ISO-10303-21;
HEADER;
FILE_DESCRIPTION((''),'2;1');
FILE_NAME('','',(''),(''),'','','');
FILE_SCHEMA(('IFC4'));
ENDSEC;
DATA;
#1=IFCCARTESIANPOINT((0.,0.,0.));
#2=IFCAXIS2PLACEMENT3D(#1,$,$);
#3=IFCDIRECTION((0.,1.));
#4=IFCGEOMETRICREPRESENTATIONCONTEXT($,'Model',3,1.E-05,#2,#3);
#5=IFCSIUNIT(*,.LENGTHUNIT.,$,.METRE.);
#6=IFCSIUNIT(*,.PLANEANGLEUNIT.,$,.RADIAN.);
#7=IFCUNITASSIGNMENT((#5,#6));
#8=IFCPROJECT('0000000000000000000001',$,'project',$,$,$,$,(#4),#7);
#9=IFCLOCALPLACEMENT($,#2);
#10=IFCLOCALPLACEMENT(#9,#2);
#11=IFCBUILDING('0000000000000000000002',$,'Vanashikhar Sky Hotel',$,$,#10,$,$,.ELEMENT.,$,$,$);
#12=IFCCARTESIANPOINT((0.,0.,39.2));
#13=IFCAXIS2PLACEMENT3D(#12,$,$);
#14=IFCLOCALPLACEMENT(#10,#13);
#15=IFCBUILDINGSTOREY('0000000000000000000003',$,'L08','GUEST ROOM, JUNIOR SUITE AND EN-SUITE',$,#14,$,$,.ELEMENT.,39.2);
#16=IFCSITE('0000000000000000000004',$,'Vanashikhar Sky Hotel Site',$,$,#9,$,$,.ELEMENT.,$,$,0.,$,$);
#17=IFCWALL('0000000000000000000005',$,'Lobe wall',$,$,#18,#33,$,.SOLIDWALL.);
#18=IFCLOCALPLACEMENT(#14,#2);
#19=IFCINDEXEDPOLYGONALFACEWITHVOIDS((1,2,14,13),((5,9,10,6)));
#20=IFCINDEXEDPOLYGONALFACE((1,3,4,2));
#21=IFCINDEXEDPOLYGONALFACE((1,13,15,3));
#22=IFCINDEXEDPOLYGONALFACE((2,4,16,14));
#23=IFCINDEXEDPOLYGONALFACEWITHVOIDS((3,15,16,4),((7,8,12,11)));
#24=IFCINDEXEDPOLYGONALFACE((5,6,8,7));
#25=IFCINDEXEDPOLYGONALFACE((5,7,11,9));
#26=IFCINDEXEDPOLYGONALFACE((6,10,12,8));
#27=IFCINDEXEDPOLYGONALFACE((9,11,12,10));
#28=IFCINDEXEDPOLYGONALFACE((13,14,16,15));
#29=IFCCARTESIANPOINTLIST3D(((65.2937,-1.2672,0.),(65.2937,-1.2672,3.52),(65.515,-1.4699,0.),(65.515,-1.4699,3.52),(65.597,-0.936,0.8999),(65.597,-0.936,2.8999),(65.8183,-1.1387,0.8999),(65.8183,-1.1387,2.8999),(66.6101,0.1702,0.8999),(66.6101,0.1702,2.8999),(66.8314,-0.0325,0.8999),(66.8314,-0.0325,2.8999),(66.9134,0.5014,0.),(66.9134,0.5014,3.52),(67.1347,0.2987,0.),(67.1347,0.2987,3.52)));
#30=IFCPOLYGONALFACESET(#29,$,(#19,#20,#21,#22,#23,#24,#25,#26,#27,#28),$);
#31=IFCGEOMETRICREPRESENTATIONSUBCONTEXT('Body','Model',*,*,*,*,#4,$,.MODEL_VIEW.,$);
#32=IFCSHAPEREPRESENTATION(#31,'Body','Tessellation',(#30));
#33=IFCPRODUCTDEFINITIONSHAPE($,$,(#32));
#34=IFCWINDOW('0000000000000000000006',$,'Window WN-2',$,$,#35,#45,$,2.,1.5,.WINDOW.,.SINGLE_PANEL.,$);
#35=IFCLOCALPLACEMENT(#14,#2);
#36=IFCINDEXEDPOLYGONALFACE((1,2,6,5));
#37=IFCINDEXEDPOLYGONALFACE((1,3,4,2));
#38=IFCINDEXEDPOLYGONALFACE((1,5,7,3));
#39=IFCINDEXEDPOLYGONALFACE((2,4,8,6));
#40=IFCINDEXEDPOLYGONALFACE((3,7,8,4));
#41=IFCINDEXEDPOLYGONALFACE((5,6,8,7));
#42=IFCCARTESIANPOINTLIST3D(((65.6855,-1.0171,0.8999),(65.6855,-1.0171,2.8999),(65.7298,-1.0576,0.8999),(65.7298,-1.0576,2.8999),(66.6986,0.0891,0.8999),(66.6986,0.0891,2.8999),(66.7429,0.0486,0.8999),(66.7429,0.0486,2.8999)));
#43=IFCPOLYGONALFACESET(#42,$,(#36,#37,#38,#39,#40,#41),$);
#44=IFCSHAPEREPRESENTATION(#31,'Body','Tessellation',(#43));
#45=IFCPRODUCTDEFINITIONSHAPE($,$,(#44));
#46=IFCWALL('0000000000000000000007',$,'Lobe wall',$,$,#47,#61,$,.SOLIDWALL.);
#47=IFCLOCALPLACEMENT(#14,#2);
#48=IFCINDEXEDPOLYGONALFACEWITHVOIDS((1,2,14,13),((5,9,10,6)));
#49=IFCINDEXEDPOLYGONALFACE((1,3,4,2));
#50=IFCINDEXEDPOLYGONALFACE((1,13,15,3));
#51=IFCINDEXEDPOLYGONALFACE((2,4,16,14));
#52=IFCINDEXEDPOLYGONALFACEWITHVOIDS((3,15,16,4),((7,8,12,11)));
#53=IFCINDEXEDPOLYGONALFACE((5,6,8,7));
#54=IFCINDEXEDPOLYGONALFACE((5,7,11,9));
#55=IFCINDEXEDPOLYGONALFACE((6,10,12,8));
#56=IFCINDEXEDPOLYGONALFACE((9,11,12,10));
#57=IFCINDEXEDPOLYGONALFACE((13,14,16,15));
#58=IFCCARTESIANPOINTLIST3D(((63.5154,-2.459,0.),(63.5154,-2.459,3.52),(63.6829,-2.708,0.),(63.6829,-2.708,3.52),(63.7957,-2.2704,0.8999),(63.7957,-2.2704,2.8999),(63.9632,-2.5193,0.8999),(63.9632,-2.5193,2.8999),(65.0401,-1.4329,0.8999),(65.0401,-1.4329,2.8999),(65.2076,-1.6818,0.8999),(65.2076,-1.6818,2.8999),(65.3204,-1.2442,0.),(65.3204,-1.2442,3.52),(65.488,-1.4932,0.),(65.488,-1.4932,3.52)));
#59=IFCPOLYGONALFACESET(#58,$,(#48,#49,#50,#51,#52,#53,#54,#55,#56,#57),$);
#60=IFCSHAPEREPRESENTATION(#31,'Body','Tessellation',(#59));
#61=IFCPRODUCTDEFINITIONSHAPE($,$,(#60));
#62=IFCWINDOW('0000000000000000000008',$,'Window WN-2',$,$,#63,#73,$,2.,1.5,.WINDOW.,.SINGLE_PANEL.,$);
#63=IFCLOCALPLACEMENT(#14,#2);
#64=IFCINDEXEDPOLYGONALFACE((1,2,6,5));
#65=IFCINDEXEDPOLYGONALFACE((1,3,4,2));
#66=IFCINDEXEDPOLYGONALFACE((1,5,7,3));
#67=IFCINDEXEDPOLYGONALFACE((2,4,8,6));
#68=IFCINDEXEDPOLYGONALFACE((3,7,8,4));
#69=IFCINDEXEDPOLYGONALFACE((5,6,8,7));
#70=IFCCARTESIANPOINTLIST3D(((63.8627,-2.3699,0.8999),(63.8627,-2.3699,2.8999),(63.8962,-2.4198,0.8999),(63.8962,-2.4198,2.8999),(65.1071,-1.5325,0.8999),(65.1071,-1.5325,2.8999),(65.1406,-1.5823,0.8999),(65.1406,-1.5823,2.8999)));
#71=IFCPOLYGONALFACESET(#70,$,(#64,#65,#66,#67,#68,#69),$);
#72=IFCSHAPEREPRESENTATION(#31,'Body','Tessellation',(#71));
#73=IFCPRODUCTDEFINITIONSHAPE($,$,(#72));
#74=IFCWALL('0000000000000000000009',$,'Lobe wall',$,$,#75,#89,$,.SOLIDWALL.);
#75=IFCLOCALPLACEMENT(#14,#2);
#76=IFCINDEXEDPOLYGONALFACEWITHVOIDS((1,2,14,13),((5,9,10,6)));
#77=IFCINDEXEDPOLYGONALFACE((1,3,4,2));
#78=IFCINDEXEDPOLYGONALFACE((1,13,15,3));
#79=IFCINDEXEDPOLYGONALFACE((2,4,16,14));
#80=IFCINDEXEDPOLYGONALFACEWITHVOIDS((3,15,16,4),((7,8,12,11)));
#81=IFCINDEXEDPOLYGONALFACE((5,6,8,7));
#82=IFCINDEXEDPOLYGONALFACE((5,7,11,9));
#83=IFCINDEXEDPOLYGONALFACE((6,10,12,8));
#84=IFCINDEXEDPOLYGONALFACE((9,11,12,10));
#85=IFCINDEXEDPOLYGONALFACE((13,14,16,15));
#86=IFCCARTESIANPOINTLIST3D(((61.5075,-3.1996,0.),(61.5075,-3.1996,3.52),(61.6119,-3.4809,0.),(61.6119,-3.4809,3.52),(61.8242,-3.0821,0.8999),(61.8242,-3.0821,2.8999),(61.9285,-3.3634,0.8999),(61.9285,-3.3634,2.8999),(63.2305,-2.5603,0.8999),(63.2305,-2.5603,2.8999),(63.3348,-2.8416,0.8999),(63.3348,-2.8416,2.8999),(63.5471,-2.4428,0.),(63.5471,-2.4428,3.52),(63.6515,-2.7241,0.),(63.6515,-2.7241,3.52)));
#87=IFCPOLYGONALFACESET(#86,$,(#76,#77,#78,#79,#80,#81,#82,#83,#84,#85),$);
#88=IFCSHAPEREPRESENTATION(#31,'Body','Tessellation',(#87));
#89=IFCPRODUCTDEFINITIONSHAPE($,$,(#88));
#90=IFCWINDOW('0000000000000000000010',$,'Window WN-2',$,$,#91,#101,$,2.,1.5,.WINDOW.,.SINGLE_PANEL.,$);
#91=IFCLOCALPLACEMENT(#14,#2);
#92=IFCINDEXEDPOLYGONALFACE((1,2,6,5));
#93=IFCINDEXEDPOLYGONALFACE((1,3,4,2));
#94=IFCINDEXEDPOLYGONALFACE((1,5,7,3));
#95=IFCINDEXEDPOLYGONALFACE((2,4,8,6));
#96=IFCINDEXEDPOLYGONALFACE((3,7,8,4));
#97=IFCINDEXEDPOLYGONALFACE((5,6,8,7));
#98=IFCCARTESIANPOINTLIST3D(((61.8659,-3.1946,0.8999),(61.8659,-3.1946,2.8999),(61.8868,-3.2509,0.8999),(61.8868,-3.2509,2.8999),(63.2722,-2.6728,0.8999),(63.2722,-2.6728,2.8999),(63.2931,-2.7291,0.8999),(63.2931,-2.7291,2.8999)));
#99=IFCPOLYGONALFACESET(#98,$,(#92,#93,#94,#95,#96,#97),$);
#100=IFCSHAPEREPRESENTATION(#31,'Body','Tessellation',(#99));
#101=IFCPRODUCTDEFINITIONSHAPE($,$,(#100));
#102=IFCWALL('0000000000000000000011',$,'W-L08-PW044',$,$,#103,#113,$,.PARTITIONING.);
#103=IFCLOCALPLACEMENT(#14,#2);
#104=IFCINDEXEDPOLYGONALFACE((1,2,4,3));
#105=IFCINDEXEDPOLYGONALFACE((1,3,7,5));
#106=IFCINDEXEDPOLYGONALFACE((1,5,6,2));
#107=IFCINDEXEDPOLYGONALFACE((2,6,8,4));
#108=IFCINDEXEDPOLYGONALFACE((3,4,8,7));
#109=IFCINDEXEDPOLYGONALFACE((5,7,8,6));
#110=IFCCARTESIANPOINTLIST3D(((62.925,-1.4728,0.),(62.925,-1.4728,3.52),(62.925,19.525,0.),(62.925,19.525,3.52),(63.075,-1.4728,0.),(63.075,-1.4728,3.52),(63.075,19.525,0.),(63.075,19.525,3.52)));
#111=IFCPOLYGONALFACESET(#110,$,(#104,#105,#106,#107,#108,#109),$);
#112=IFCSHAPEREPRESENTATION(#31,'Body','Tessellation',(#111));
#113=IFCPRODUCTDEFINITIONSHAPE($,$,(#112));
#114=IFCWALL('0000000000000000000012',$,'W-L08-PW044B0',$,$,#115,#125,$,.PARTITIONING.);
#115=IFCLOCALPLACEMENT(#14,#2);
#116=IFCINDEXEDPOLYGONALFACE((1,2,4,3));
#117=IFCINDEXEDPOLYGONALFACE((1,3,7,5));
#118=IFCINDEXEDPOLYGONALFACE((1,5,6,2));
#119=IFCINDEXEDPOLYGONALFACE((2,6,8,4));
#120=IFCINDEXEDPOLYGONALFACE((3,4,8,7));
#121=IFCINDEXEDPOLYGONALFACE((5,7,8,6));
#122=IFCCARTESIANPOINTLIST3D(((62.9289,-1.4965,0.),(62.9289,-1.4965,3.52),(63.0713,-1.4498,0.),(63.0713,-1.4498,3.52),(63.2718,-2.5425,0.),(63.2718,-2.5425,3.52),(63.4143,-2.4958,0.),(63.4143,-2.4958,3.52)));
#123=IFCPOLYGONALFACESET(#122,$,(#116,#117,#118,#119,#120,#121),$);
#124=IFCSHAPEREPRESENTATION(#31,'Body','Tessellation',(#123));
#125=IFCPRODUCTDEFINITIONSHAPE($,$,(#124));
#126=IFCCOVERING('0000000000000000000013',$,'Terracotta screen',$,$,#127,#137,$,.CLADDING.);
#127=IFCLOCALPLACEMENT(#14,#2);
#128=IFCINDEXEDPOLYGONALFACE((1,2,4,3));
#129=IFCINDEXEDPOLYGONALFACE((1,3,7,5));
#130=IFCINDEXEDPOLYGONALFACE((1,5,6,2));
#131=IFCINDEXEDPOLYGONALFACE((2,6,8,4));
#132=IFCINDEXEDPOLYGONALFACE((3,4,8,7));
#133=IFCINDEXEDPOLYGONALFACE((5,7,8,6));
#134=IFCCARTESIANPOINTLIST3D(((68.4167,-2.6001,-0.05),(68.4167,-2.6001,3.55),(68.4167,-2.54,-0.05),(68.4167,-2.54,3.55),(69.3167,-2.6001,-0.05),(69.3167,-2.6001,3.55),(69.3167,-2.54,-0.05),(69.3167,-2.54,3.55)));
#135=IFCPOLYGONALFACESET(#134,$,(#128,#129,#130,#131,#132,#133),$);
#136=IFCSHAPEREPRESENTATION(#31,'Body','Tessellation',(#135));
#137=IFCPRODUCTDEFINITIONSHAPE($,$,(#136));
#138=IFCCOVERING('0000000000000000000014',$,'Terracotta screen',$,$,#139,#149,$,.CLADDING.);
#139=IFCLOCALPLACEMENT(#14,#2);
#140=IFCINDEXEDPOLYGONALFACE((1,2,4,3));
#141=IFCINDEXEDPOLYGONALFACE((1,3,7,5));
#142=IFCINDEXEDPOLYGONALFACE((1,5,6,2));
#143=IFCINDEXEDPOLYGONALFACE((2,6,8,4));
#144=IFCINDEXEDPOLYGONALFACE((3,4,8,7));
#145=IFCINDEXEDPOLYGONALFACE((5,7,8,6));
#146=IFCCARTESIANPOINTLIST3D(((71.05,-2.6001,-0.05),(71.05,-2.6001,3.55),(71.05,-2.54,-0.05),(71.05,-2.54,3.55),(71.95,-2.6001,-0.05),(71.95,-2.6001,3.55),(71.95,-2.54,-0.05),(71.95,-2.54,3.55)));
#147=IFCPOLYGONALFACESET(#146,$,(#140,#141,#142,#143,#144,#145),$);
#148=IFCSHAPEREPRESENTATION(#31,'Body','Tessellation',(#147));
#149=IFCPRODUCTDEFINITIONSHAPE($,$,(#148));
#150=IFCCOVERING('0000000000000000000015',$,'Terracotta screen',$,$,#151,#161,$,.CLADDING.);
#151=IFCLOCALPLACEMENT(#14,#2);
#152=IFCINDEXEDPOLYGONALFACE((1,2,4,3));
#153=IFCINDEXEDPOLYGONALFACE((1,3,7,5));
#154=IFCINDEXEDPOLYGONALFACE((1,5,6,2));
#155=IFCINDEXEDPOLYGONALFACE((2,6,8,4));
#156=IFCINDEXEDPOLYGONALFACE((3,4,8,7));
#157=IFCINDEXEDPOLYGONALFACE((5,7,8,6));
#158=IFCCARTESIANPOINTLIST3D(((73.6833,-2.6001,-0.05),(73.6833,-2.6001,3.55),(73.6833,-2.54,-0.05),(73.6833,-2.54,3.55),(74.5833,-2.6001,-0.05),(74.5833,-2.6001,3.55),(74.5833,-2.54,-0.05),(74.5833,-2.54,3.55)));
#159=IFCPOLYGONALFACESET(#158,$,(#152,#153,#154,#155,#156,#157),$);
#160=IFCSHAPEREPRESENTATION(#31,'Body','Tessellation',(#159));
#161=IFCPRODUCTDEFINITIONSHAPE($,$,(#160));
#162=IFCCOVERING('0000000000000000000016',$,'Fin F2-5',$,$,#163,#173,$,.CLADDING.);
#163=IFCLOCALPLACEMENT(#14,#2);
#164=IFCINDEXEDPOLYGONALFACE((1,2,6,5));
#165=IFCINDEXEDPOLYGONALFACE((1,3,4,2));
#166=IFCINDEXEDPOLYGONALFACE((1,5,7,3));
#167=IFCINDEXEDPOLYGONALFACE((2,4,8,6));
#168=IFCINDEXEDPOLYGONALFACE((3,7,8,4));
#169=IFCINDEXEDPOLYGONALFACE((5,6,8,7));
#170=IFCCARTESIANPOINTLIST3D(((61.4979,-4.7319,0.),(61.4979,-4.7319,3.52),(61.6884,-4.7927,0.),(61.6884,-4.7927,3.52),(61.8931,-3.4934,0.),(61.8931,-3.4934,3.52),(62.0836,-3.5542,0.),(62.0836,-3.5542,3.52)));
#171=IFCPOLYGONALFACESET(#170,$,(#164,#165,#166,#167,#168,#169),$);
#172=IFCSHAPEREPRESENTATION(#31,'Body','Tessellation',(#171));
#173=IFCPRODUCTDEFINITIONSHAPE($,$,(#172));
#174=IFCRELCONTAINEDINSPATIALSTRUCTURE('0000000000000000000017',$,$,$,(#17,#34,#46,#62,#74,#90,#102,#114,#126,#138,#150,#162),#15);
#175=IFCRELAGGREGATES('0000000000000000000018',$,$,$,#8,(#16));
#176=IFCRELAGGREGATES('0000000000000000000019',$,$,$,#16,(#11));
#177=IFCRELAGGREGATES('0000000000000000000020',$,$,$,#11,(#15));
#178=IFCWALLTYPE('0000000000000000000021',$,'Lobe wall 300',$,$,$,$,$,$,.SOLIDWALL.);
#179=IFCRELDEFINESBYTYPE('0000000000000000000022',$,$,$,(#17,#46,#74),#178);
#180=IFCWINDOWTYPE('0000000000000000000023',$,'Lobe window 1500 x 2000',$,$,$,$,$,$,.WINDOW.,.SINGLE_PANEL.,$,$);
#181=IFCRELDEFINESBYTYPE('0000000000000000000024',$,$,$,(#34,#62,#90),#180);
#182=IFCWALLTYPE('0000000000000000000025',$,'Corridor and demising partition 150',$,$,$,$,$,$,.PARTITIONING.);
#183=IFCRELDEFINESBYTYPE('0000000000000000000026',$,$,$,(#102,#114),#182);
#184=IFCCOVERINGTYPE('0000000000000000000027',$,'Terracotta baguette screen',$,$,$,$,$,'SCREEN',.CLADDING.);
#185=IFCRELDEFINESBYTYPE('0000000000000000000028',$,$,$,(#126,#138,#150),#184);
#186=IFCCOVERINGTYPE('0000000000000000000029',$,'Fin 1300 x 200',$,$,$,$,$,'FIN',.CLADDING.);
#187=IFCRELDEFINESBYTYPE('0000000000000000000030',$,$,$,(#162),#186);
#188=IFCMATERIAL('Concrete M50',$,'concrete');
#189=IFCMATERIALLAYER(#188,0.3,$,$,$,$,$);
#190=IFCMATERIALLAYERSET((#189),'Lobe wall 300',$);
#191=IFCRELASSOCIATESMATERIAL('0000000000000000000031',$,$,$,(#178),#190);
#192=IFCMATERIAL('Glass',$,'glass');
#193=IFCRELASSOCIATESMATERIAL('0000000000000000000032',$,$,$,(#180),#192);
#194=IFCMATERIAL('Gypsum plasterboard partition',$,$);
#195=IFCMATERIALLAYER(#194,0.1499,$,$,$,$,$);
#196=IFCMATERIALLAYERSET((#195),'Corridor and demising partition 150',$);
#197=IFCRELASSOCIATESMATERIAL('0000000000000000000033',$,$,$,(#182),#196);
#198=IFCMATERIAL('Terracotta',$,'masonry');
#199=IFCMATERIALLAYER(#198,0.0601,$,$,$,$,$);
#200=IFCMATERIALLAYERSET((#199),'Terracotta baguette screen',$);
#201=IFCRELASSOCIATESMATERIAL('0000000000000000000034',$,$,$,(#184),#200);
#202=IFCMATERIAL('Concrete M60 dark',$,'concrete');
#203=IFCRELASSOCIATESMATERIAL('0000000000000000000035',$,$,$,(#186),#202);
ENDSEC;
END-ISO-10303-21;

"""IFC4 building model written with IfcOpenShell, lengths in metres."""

from ifc_helpers import new_model, si_unit, direction, frame, frame_2d, origin, origin_2d, place, context, subcontext, project, spatial, rectangle, extrude, source, transform, mapped, material, layer, layer_set, material_profile, profile_set, type_object, element, fill, save


model = new_model("IFC4")

# Units and contexts
model_context = context("Model", 3, precision=1e-05, world=origin(), true_north=direction((0.0, 1.0)))
body_context = subcontext(model_context, "Body", "Model", "MODEL_VIEW")
ifc_project = project(units=[si_unit("LENGTHUNIT", "METRE"), si_unit("PLANEANGLEUNIT", "RADIAN")], contexts=[model_context])

# Site, building, storey
site_placement = place(None, origin())
site = spatial("IfcSite", under=ifc_project, at=site_placement, Name="Vanashikhar Sky Hotel Site", CompositionType="ELEMENT", RefElevation=0.0)
building_placement = place(site_placement, origin())
building = spatial("IfcBuilding", under=site, at=building_placement, Name="Vanashikhar Sky Hotel", CompositionType="ELEMENT")
storey_placement = place(building_placement, frame((0.0, 0.0, 39.2)))
storey = spatial("IfcBuildingStorey", under=building, at=storey_placement, Name="L08", Description="GUEST ROOM, JUNIOR SUITE AND EN-SUITE", CompositionType="ELEMENT", Elevation=39.2)

# Walls, openings, windows
ifc_material_1 = material(Name="Concrete M50", Category="concrete")
ifc_layer_1 = layer(ifc_material_1, 0.3)
ifc_layer_set_1 = layer_set([ifc_layer_1], Name="Lobe wall 300")
wall_type_1 = type_object("IfcWallType", Name="Lobe wall 300", PredefinedType="SOLIDWALL", material=ifc_layer_set_1)
shared_shape_1 = source(origin(), body_context, "Body", "SweptSolid", [
    extrude(rectangle(XDim=2.3982, YDim=0.3, at=frame_2d((1.1992, 0.0))), origin(), (0.0, 0.0, 1.0), 3.52),
])
wall_1_placement = place(storey_placement, frame((65.4043, -1.3687, 0.0), z_axis=(0.0, 0.0, 1.0), x_axis=(0.675374, 0.737475, 0.0)))
wall_1 = element("IfcWall", 1, at=wall_1_placement, inside=storey, type_object=wall_type_1, Name="Lobe wall", PredefinedType="SOLIDWALL", context=body_context, shape_type="MappedRepresentation", body=[
    mapped(shared_shape_1, transform((0.0, 0.0, 0.0), scale=1.0)),
])
shared_shape_2 = source(origin(), body_context, "Body", "SweptSolid", [
    extrude(rectangle(XDim=1.5, YDim=2.0, at=frame_2d((0.75, 1.0))), frame((0.0, 0.1602, 0.0), z_axis=(0.0, -1.0, 0.0), x_axis=(1.0, 0.0, 0.0)), (0.0, 0.0, 1.0), 0.3201),
])
opening_1_placement = place(wall_1_placement, frame((0.4492, 0.0, 0.8999)))
opening_1 = element("IfcOpeningElement", 2, at=opening_1_placement, cuts=wall_1, PredefinedType="OPENING", context=body_context, shape_type="MappedRepresentation", body=[
    mapped(shared_shape_2, transform((0.0, 0.0, 0.0), scale=1.0)),
])
ifc_material_2 = material(Name="Glass", Category="glass")
window_type = type_object("IfcWindowType", Name="Lobe window 1500 x 2000", PartitioningType="SINGLE_PANEL", PredefinedType="WINDOW", material=ifc_material_2)
shared_shape_3 = source(origin(), body_context, "Body", "SweptSolid", [
    extrude(rectangle(XDim=1.5, YDim=2.0, at=frame_2d((0.75, 1.0))), frame((0.0, 0.03, 0.0), z_axis=(0.0, -1.0, 0.0), x_axis=(1.0, 0.0, 0.0)), (0.0, 0.0, 1.0), 0.0601),
])
window_1_placement = place(opening_1_placement, origin())
window_1 = element("IfcWindow", 3, at=window_1_placement, inside=storey, type_object=window_type, Name="Window WN-2", OverallHeight=2.0, OverallWidth=1.5, PartitioningType="SINGLE_PANEL", PredefinedType="WINDOW", context=body_context, shape_type="MappedRepresentation", body=[
    mapped(shared_shape_3, transform((0.0, 0.0, 0.0), scale=1.0)),
])
fill(opening_1, window_1)
shared_shape_4 = source(origin(), body_context, "Body", "SweptSolid", [
    extrude(rectangle(XDim=2.1758, YDim=0.3, at=frame_2d((1.0879, 0.0))), origin(), (0.0, 0.0, 1.0), 3.52),
])
wall_2_placement = place(storey_placement, frame((63.5991, -2.5835, 0.0), z_axis=(0.0, 0.0, 1.0), x_axis=(0.829626, 0.55832, 0.0)))
wall_2 = element("IfcWall", 4, at=wall_2_placement, inside=storey, type_object=wall_type_1, Name="Lobe wall", PredefinedType="SOLIDWALL", context=body_context, shape_type="MappedRepresentation", body=[
    mapped(shared_shape_4, transform((0.0, 0.0, 0.0), scale=1.0)),
])
opening_2_placement = place(wall_2_placement, frame((0.3379, 0.0, 0.8999)))
opening_2 = element("IfcOpeningElement", 5, at=opening_2_placement, cuts=wall_2, PredefinedType="OPENING", context=body_context, shape_type="MappedRepresentation", body=[
    mapped(shared_shape_2, transform((0.0, 0.0, 0.0), scale=1.0)),
])
window_2_placement = place(opening_2_placement, origin())
window_2 = element("IfcWindow", 6, at=window_2_placement, inside=storey, type_object=window_type, Name="Window WN-2", OverallHeight=2.0, OverallWidth=1.5, PartitioningType="SINGLE_PANEL", PredefinedType="WINDOW", context=body_context, shape_type="MappedRepresentation", body=[
    mapped(shared_shape_3, transform((0.0, 0.0, 0.0), scale=1.0)),
])
fill(opening_2, window_2)
shared_shape_5 = source(origin(), body_context, "Body", "SweptSolid", [
    extrude(rectangle(XDim=2.1755, YDim=0.3, at=frame_2d((1.0879, 0.0))), origin(), (0.0, 0.0, 1.0), 3.52),
])
wall_3_placement = place(storey_placement, frame((61.5596, -3.3403, 0.0), z_axis=(0.0, 0.0, 1.0), x_axis=(0.937532, 0.347899, 0.0)))
wall_3 = element("IfcWall", 7, at=wall_3_placement, inside=storey, type_object=wall_type_1, Name="Lobe wall", PredefinedType="SOLIDWALL", context=body_context, shape_type="MappedRepresentation", body=[
    mapped(shared_shape_5, transform((0.0, 0.0, 0.0), scale=1.0)),
])
opening_3_placement = place(wall_3_placement, frame((0.3379, 0.0, 0.8999)))
opening_3 = element("IfcOpeningElement", 8, at=opening_3_placement, cuts=wall_3, PredefinedType="OPENING", context=body_context, shape_type="MappedRepresentation", body=[
    mapped(shared_shape_2, transform((0.0, 0.0, 0.0), scale=1.0)),
])
window_3_placement = place(opening_3_placement, origin())
window_3 = element("IfcWindow", 9, at=window_3_placement, inside=storey, type_object=window_type, Name="Window WN-2", OverallHeight=2.0, OverallWidth=1.5, PartitioningType="SINGLE_PANEL", PredefinedType="WINDOW", context=body_context, shape_type="MappedRepresentation", body=[
    mapped(shared_shape_3, transform((0.0, 0.0, 0.0), scale=1.0)),
])
fill(opening_3, window_3)

# Walls
ifc_material_3 = material(Name="Gypsum plasterboard partition")
ifc_layer_2 = layer(ifc_material_3, 0.1499)
ifc_layer_set_2 = layer_set([ifc_layer_2], Name="Corridor and demising partition 150")
wall_type_2 = type_object("IfcWallType", Name="Corridor and demising partition 150", PredefinedType="PARTITIONING", material=ifc_layer_set_2)
shared_shape_6 = source(origin(), body_context, "Body", "SweptSolid", [
    extrude(rectangle(XDim=20.9978, YDim=0.1499, at=frame_2d((10.499, 0.0))), origin(), (0.0, 0.0, 1.0), 3.52),
])
wall_4_placement = place(storey_placement, frame((63.0, -1.4729, 0.0), z_axis=(0.0, 0.0, 1.0), x_axis=(0.0, 1.0, 0.0)))
element("IfcWall", 10, at=wall_4_placement, inside=storey, type_object=wall_type_2, Name="W-L08-PW044", PredefinedType="PARTITIONING", context=body_context, shape_type="MappedRepresentation", body=[
    mapped(shared_shape_6, transform((0.0, 0.0, 0.0), scale=1.0)),
])
shared_shape_7 = source(origin(), body_context, "Body", "SweptSolid", [
    extrude(rectangle(XDim=1.1008, YDim=0.1499, at=frame_2d((0.5503, 0.0))), origin(), (0.0, 0.0, 1.0), 3.52),
])
wall_5_placement = place(storey_placement, frame((63.343, -2.519, 0.0), z_axis=(0.0, 0.0, 1.0), x_axis=(-0.311567, 0.950224, 0.0)))
element("IfcWall", 11, at=wall_5_placement, inside=storey, type_object=wall_type_2, Name="W-L08-PW044B0", PredefinedType="PARTITIONING", context=body_context, shape_type="MappedRepresentation", body=[
    mapped(shared_shape_7, transform((0.0, 0.0, 0.0), scale=1.0)),
])

# Coverings
ifc_material_4 = material(Name="Terracotta", Category="masonry")
ifc_layer_3 = layer(ifc_material_4, 0.0601)
ifc_layer_set_3 = layer_set([ifc_layer_3], Name="Terracotta baguette screen")
covering_type_1 = type_object("IfcCoveringType", Name="Terracotta baguette screen", ElementType="SCREEN", PredefinedType="CLADDING", material=ifc_layer_set_3)
shared_shape_8 = source(origin(), body_context, "Body", "SweptSolid", [
    extrude(rectangle(XDim=0.8999, YDim=0.0601, at=origin_2d()), origin(), (0.0, 0.0, 1.0), 3.6001),
])
for number, where, z_axis, x_axis, name in (
    (12, (68.8667, -2.5701, -0.05), (0.0, 0.0, 1.0), (1.0, 0.0, 0.0), "Terracotta screen"),
    (13, (71.5, -2.5701, -0.05), (0.0, 0.0, 1.0), (1.0, 0.0, 0.0), "Terracotta screen"),
    (14, (74.1333, -2.5701, -0.05), (0.0, 0.0, 1.0), (1.0, 0.0, 0.0), "Terracotta screen"),
):
    element("IfcCovering", number, at=place(storey_placement, frame(where, z_axis=z_axis, x_axis=x_axis)), inside=storey, type_object=covering_type_1, Name=name, PredefinedType="CLADDING", context=body_context, shape_type="MappedRepresentation", body=[
        mapped(shared_shape_8, transform((0.0, 0.0, 0.0), scale=1.0)),
    ])
ifc_material_5 = material(Name="Concrete M60 dark", Category="concrete")
ifc_material_profile = material_profile(ifc_material_5, rectangle(XDim=1.3, YDim=0.2, at=origin_2d()))
ifc_profile_set = profile_set([ifc_material_profile], Name="Fin 1300 x 200")
covering_type_2 = type_object("IfcCoveringType", Name="Fin 1300 x 200", ElementType="FIN", PredefinedType="CLADDING", material=ifc_profile_set)
shared_shape_9 = source(origin(), body_context, "Body", "SweptSolid", [
    extrude(rectangle(XDim=1.3, YDim=0.2, at=origin_2d()), origin(), (0.0, 0.0, 1.0), 3.52),
])
for number, where, z_axis, x_axis, name in (
    (15, (61.7908, -4.1431, 0.0), (0.0, 0.0, 1.0), (-0.303967, -0.952683, 0.0), "Fin F2-5"),
):
    element("IfcCovering", number, at=place(storey_placement, frame(where, z_axis=z_axis, x_axis=x_axis)), inside=storey, type_object=covering_type_2, Name=name, PredefinedType="CLADDING", context=body_context, shape_type="MappedRepresentation", body=[
        mapped(shared_shape_9, transform((0.0, 0.0, 0.0), scale=1.0)),
    ])

save(model, "model.ifc")
